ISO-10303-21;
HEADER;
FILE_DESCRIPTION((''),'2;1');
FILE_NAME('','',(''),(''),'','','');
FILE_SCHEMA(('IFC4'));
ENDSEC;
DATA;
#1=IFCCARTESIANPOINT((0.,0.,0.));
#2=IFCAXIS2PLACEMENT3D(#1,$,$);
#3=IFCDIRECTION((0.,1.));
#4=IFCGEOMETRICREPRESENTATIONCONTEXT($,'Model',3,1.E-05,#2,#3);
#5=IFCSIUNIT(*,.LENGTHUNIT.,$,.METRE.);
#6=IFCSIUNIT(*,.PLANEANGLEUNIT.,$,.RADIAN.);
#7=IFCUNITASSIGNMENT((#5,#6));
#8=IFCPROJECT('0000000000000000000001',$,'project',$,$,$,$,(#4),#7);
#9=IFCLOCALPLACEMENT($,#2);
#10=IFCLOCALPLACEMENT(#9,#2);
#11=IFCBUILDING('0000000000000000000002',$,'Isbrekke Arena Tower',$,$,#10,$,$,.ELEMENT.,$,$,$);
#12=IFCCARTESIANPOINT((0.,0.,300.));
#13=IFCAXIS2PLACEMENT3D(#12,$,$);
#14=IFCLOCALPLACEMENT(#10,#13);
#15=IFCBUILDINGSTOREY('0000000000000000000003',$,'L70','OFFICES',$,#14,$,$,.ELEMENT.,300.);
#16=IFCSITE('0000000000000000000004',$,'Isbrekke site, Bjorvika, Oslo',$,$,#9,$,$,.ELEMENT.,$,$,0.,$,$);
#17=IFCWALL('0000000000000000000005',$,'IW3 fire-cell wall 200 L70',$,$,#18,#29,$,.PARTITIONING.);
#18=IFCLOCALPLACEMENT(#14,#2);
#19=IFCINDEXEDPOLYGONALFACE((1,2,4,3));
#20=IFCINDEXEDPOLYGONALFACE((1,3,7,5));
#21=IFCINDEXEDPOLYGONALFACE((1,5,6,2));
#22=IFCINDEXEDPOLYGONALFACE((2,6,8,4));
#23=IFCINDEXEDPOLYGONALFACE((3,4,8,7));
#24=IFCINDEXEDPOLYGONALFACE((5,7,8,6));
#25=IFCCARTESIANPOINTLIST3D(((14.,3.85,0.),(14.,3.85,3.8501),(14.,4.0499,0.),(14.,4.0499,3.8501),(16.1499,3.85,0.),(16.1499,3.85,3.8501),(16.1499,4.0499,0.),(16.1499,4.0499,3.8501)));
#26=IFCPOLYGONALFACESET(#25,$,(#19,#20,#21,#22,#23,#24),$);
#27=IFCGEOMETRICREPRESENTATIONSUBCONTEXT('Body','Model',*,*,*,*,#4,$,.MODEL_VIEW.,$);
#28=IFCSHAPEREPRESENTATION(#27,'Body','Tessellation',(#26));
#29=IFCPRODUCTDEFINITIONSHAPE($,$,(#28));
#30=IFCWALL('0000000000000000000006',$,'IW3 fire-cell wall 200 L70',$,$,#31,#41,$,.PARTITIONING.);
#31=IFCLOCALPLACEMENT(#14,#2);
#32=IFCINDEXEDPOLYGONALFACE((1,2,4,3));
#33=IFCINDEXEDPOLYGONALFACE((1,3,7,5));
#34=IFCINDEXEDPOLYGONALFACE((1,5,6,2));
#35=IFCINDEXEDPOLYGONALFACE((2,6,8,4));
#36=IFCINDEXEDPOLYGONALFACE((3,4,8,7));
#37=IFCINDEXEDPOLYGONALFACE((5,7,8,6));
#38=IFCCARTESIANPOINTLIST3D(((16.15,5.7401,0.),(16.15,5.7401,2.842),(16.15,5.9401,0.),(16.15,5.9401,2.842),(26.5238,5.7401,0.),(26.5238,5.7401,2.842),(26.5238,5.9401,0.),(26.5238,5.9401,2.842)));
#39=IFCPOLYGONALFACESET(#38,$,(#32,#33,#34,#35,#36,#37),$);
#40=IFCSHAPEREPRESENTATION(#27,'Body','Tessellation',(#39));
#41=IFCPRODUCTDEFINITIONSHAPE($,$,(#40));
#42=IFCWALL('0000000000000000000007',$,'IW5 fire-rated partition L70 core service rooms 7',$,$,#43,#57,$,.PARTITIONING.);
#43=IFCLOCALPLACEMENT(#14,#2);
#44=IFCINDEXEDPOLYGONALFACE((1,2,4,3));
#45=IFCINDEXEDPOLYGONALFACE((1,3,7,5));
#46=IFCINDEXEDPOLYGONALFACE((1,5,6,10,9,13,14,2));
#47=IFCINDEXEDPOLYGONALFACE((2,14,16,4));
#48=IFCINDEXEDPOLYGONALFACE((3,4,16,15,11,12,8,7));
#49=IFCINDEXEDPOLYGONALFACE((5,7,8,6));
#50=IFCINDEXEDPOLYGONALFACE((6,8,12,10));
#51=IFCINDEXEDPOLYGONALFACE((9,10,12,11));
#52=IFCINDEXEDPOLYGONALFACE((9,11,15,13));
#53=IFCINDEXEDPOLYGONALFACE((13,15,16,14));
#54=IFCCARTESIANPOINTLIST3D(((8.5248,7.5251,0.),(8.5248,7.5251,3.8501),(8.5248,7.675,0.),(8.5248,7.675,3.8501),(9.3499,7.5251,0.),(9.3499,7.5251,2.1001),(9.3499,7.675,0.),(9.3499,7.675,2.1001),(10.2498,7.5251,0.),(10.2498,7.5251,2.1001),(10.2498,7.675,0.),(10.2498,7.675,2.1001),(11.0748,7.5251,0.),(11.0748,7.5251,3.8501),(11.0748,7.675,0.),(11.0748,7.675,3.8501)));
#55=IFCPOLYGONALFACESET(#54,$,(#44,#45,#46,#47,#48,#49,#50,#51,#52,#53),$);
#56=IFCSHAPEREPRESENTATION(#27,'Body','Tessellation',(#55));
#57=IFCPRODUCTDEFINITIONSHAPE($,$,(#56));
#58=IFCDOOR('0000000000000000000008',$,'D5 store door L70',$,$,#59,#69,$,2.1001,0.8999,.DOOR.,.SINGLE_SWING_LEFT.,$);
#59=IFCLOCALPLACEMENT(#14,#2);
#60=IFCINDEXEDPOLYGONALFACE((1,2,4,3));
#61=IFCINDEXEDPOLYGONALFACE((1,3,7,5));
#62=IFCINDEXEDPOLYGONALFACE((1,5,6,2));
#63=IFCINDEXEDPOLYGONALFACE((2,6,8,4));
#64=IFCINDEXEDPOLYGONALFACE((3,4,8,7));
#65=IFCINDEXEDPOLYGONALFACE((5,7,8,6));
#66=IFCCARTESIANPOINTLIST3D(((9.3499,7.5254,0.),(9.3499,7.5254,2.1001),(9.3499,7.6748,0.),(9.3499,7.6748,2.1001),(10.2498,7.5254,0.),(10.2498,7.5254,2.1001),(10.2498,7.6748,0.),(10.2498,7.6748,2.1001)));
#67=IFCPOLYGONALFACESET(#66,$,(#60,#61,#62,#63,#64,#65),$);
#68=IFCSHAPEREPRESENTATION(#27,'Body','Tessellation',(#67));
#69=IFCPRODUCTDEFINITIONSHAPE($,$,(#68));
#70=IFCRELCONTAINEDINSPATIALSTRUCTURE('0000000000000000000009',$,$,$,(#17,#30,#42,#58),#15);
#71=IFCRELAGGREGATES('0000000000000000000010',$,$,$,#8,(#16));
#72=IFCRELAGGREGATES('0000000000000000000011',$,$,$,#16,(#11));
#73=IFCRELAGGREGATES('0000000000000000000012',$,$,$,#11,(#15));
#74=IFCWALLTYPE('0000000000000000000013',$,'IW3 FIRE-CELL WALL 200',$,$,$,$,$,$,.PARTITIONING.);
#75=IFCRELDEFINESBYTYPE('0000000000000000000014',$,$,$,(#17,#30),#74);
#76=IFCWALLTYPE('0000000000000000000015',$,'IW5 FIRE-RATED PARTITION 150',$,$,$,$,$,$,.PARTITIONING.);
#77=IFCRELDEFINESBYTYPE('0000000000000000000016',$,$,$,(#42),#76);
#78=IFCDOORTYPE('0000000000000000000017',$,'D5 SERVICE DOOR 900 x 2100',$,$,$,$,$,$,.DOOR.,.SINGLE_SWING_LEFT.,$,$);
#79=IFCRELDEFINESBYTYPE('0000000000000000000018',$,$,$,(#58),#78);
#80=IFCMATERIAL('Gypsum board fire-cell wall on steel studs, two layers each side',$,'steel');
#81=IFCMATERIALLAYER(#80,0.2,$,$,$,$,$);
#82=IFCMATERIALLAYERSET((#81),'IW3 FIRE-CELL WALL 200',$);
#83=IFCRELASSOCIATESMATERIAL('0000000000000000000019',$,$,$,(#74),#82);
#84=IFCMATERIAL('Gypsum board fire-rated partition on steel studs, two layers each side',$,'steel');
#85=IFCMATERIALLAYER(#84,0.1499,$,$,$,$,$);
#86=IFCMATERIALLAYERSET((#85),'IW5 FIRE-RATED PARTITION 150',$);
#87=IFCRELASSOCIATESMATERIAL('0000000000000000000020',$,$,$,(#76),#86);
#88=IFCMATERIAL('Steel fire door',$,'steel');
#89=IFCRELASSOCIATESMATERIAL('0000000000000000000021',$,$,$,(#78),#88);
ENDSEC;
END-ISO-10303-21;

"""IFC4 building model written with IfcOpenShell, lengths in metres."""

from ifc_helpers import new_model, si_unit, direction, frame, frame_2d, origin, place, context, subcontext, project, spatial, rectangle, extrude, material, layer, layer_set, type_object, element, fill, save


model = new_model("IFC4")

# Units and contexts
model_context = context("Model", 3, precision=1e-05, world=origin(), true_north=direction((0.0, 1.0)))
body_context = subcontext(model_context, "Body", "Model", "MODEL_VIEW")
ifc_project = project(units=[si_unit("LENGTHUNIT", "METRE"), si_unit("PLANEANGLEUNIT", "RADIAN")], contexts=[model_context])

# Site, building, storey
site_placement = place(None, origin())
site = spatial("IfcSite", under=ifc_project, at=site_placement, Name="Isbrekke site, Bjorvika, Oslo", CompositionType="ELEMENT", RefElevation=0.0)
building_placement = place(site_placement, origin())
building = spatial("IfcBuilding", under=site, at=building_placement, Name="Isbrekke Arena Tower", CompositionType="ELEMENT")
storey_placement = place(building_placement, frame((0.0, 0.0, 300.0)))
storey = spatial("IfcBuildingStorey", under=building, at=storey_placement, Name="L70", Description="OFFICES", CompositionType="ELEMENT", Elevation=300.0)

# Walls
ifc_material_1 = material(Name="Gypsum board fire-cell wall on steel studs, two layers each side", Category="steel")
ifc_layer_1 = layer(ifc_material_1, 0.2)
ifc_layer_set_1 = layer_set([ifc_layer_1], Name="IW3 FIRE-CELL WALL 200")
wall_type_1 = type_object("IfcWallType", Name="IW3 FIRE-CELL WALL 200", PredefinedType="PARTITIONING", material=ifc_layer_set_1)
wall_1_placement = place(storey_placement, frame((14.0, 3.95, 0.0), z_axis=(0.0, 0.0, 1.0), x_axis=(1.0, 0.0, 0.0)))
element("IfcWall", 1, at=wall_1_placement, inside=storey, type_object=wall_type_1, Name="IW3 fire-cell wall 200 L70", PredefinedType="PARTITIONING", context=body_context, shape_type="SweptSolid", body=[
    extrude(rectangle(XDim=2.1499, YDim=0.2, at=frame_2d((1.075, 0.0))), origin(), (0.0, 0.0, 1.0), 3.8501),
])
wall_2_placement = place(storey_placement, frame((16.1499, 5.8401, 0.0), z_axis=(0.0, 0.0, 1.0), x_axis=(1.0, 0.0, 0.0)))
element("IfcWall", 2, at=wall_2_placement, inside=storey, type_object=wall_type_1, Name="IW3 fire-cell wall 200 L70", PredefinedType="PARTITIONING", context=body_context, shape_type="SweptSolid", body=[
    extrude(rectangle(XDim=10.3738, YDim=0.2, at=frame_2d((5.187, 0.0))), origin(), (0.0, 0.0, 1.0), 2.842),
])

# Wall, opening, door
ifc_material_2 = material(Name="Gypsum board fire-rated partition on steel studs, two layers each side", Category="steel")
ifc_layer_2 = layer(ifc_material_2, 0.1499)
ifc_layer_set_2 = layer_set([ifc_layer_2], Name="IW5 FIRE-RATED PARTITION 150")
wall_type_2 = type_object("IfcWallType", Name="IW5 FIRE-RATED PARTITION 150", PredefinedType="PARTITIONING", material=ifc_layer_set_2)
wall_3_placement = place(storey_placement, frame((8.5249, 7.6001, 0.0), z_axis=(0.0, 0.0, 1.0), x_axis=(1.0, 0.0, 0.0)))
wall_3 = element("IfcWall", 3, at=wall_3_placement, inside=storey, type_object=wall_type_2, Name="IW5 fire-rated partition L70 core service rooms 7", PredefinedType="PARTITIONING", context=body_context, shape_type="SweptSolid", body=[
    extrude(rectangle(XDim=2.55, YDim=0.1499, at=frame_2d((1.2749, 0.0))), origin(), (0.0, 0.0, 1.0), 3.8501),
])
opening_1_placement = place(wall_3_placement, frame((0.825, 0.0, 0.0)))
opening_1 = element("IfcOpeningElement", 4, at=opening_1_placement, cuts=wall_3, PredefinedType="OPENING", context=body_context, shape_type="SweptSolid", body=[
    extrude(rectangle(XDim=0.8999, YDim=2.1001, at=frame_2d((0.45, 1.05))), frame((0.0, 0.0898, 0.0), z_axis=(0.0, -1.0, 0.0), x_axis=(1.0, 0.0, 0.0)), (0.0, 0.0, 1.0), 0.1797),
])
ifc_material_3 = material(Name="Steel fire door", Category="steel")
door_type_1 = type_object("IfcDoorType", Name="D5 SERVICE DOOR 900 x 2100", OperationType="SINGLE_SWING_LEFT", PredefinedType="DOOR", material=ifc_material_3)
door_1_placement = place(opening_1_placement, origin())
door_1 = element("IfcDoor", 5, at=door_1_placement, inside=storey, type_object=door_type_1, Name="D5 store door L70", OperationType="SINGLE_SWING_LEFT", OverallHeight=2.1001, OverallWidth=0.8999, PredefinedType="DOOR", context=body_context, shape_type="SweptSolid", body=[
    extrude(rectangle(XDim=0.8999, YDim=2.1001, at=frame_2d((0.45, 1.05))), frame((0.0, 0.0747, 0.0), z_axis=(0.0, -1.0, 0.0), x_axis=(1.0, 0.0, 0.0)), (0.0, 0.0, 1.0), 0.1494),
])
fill(opening_1, door_1)

save(model, "model.ifc")
